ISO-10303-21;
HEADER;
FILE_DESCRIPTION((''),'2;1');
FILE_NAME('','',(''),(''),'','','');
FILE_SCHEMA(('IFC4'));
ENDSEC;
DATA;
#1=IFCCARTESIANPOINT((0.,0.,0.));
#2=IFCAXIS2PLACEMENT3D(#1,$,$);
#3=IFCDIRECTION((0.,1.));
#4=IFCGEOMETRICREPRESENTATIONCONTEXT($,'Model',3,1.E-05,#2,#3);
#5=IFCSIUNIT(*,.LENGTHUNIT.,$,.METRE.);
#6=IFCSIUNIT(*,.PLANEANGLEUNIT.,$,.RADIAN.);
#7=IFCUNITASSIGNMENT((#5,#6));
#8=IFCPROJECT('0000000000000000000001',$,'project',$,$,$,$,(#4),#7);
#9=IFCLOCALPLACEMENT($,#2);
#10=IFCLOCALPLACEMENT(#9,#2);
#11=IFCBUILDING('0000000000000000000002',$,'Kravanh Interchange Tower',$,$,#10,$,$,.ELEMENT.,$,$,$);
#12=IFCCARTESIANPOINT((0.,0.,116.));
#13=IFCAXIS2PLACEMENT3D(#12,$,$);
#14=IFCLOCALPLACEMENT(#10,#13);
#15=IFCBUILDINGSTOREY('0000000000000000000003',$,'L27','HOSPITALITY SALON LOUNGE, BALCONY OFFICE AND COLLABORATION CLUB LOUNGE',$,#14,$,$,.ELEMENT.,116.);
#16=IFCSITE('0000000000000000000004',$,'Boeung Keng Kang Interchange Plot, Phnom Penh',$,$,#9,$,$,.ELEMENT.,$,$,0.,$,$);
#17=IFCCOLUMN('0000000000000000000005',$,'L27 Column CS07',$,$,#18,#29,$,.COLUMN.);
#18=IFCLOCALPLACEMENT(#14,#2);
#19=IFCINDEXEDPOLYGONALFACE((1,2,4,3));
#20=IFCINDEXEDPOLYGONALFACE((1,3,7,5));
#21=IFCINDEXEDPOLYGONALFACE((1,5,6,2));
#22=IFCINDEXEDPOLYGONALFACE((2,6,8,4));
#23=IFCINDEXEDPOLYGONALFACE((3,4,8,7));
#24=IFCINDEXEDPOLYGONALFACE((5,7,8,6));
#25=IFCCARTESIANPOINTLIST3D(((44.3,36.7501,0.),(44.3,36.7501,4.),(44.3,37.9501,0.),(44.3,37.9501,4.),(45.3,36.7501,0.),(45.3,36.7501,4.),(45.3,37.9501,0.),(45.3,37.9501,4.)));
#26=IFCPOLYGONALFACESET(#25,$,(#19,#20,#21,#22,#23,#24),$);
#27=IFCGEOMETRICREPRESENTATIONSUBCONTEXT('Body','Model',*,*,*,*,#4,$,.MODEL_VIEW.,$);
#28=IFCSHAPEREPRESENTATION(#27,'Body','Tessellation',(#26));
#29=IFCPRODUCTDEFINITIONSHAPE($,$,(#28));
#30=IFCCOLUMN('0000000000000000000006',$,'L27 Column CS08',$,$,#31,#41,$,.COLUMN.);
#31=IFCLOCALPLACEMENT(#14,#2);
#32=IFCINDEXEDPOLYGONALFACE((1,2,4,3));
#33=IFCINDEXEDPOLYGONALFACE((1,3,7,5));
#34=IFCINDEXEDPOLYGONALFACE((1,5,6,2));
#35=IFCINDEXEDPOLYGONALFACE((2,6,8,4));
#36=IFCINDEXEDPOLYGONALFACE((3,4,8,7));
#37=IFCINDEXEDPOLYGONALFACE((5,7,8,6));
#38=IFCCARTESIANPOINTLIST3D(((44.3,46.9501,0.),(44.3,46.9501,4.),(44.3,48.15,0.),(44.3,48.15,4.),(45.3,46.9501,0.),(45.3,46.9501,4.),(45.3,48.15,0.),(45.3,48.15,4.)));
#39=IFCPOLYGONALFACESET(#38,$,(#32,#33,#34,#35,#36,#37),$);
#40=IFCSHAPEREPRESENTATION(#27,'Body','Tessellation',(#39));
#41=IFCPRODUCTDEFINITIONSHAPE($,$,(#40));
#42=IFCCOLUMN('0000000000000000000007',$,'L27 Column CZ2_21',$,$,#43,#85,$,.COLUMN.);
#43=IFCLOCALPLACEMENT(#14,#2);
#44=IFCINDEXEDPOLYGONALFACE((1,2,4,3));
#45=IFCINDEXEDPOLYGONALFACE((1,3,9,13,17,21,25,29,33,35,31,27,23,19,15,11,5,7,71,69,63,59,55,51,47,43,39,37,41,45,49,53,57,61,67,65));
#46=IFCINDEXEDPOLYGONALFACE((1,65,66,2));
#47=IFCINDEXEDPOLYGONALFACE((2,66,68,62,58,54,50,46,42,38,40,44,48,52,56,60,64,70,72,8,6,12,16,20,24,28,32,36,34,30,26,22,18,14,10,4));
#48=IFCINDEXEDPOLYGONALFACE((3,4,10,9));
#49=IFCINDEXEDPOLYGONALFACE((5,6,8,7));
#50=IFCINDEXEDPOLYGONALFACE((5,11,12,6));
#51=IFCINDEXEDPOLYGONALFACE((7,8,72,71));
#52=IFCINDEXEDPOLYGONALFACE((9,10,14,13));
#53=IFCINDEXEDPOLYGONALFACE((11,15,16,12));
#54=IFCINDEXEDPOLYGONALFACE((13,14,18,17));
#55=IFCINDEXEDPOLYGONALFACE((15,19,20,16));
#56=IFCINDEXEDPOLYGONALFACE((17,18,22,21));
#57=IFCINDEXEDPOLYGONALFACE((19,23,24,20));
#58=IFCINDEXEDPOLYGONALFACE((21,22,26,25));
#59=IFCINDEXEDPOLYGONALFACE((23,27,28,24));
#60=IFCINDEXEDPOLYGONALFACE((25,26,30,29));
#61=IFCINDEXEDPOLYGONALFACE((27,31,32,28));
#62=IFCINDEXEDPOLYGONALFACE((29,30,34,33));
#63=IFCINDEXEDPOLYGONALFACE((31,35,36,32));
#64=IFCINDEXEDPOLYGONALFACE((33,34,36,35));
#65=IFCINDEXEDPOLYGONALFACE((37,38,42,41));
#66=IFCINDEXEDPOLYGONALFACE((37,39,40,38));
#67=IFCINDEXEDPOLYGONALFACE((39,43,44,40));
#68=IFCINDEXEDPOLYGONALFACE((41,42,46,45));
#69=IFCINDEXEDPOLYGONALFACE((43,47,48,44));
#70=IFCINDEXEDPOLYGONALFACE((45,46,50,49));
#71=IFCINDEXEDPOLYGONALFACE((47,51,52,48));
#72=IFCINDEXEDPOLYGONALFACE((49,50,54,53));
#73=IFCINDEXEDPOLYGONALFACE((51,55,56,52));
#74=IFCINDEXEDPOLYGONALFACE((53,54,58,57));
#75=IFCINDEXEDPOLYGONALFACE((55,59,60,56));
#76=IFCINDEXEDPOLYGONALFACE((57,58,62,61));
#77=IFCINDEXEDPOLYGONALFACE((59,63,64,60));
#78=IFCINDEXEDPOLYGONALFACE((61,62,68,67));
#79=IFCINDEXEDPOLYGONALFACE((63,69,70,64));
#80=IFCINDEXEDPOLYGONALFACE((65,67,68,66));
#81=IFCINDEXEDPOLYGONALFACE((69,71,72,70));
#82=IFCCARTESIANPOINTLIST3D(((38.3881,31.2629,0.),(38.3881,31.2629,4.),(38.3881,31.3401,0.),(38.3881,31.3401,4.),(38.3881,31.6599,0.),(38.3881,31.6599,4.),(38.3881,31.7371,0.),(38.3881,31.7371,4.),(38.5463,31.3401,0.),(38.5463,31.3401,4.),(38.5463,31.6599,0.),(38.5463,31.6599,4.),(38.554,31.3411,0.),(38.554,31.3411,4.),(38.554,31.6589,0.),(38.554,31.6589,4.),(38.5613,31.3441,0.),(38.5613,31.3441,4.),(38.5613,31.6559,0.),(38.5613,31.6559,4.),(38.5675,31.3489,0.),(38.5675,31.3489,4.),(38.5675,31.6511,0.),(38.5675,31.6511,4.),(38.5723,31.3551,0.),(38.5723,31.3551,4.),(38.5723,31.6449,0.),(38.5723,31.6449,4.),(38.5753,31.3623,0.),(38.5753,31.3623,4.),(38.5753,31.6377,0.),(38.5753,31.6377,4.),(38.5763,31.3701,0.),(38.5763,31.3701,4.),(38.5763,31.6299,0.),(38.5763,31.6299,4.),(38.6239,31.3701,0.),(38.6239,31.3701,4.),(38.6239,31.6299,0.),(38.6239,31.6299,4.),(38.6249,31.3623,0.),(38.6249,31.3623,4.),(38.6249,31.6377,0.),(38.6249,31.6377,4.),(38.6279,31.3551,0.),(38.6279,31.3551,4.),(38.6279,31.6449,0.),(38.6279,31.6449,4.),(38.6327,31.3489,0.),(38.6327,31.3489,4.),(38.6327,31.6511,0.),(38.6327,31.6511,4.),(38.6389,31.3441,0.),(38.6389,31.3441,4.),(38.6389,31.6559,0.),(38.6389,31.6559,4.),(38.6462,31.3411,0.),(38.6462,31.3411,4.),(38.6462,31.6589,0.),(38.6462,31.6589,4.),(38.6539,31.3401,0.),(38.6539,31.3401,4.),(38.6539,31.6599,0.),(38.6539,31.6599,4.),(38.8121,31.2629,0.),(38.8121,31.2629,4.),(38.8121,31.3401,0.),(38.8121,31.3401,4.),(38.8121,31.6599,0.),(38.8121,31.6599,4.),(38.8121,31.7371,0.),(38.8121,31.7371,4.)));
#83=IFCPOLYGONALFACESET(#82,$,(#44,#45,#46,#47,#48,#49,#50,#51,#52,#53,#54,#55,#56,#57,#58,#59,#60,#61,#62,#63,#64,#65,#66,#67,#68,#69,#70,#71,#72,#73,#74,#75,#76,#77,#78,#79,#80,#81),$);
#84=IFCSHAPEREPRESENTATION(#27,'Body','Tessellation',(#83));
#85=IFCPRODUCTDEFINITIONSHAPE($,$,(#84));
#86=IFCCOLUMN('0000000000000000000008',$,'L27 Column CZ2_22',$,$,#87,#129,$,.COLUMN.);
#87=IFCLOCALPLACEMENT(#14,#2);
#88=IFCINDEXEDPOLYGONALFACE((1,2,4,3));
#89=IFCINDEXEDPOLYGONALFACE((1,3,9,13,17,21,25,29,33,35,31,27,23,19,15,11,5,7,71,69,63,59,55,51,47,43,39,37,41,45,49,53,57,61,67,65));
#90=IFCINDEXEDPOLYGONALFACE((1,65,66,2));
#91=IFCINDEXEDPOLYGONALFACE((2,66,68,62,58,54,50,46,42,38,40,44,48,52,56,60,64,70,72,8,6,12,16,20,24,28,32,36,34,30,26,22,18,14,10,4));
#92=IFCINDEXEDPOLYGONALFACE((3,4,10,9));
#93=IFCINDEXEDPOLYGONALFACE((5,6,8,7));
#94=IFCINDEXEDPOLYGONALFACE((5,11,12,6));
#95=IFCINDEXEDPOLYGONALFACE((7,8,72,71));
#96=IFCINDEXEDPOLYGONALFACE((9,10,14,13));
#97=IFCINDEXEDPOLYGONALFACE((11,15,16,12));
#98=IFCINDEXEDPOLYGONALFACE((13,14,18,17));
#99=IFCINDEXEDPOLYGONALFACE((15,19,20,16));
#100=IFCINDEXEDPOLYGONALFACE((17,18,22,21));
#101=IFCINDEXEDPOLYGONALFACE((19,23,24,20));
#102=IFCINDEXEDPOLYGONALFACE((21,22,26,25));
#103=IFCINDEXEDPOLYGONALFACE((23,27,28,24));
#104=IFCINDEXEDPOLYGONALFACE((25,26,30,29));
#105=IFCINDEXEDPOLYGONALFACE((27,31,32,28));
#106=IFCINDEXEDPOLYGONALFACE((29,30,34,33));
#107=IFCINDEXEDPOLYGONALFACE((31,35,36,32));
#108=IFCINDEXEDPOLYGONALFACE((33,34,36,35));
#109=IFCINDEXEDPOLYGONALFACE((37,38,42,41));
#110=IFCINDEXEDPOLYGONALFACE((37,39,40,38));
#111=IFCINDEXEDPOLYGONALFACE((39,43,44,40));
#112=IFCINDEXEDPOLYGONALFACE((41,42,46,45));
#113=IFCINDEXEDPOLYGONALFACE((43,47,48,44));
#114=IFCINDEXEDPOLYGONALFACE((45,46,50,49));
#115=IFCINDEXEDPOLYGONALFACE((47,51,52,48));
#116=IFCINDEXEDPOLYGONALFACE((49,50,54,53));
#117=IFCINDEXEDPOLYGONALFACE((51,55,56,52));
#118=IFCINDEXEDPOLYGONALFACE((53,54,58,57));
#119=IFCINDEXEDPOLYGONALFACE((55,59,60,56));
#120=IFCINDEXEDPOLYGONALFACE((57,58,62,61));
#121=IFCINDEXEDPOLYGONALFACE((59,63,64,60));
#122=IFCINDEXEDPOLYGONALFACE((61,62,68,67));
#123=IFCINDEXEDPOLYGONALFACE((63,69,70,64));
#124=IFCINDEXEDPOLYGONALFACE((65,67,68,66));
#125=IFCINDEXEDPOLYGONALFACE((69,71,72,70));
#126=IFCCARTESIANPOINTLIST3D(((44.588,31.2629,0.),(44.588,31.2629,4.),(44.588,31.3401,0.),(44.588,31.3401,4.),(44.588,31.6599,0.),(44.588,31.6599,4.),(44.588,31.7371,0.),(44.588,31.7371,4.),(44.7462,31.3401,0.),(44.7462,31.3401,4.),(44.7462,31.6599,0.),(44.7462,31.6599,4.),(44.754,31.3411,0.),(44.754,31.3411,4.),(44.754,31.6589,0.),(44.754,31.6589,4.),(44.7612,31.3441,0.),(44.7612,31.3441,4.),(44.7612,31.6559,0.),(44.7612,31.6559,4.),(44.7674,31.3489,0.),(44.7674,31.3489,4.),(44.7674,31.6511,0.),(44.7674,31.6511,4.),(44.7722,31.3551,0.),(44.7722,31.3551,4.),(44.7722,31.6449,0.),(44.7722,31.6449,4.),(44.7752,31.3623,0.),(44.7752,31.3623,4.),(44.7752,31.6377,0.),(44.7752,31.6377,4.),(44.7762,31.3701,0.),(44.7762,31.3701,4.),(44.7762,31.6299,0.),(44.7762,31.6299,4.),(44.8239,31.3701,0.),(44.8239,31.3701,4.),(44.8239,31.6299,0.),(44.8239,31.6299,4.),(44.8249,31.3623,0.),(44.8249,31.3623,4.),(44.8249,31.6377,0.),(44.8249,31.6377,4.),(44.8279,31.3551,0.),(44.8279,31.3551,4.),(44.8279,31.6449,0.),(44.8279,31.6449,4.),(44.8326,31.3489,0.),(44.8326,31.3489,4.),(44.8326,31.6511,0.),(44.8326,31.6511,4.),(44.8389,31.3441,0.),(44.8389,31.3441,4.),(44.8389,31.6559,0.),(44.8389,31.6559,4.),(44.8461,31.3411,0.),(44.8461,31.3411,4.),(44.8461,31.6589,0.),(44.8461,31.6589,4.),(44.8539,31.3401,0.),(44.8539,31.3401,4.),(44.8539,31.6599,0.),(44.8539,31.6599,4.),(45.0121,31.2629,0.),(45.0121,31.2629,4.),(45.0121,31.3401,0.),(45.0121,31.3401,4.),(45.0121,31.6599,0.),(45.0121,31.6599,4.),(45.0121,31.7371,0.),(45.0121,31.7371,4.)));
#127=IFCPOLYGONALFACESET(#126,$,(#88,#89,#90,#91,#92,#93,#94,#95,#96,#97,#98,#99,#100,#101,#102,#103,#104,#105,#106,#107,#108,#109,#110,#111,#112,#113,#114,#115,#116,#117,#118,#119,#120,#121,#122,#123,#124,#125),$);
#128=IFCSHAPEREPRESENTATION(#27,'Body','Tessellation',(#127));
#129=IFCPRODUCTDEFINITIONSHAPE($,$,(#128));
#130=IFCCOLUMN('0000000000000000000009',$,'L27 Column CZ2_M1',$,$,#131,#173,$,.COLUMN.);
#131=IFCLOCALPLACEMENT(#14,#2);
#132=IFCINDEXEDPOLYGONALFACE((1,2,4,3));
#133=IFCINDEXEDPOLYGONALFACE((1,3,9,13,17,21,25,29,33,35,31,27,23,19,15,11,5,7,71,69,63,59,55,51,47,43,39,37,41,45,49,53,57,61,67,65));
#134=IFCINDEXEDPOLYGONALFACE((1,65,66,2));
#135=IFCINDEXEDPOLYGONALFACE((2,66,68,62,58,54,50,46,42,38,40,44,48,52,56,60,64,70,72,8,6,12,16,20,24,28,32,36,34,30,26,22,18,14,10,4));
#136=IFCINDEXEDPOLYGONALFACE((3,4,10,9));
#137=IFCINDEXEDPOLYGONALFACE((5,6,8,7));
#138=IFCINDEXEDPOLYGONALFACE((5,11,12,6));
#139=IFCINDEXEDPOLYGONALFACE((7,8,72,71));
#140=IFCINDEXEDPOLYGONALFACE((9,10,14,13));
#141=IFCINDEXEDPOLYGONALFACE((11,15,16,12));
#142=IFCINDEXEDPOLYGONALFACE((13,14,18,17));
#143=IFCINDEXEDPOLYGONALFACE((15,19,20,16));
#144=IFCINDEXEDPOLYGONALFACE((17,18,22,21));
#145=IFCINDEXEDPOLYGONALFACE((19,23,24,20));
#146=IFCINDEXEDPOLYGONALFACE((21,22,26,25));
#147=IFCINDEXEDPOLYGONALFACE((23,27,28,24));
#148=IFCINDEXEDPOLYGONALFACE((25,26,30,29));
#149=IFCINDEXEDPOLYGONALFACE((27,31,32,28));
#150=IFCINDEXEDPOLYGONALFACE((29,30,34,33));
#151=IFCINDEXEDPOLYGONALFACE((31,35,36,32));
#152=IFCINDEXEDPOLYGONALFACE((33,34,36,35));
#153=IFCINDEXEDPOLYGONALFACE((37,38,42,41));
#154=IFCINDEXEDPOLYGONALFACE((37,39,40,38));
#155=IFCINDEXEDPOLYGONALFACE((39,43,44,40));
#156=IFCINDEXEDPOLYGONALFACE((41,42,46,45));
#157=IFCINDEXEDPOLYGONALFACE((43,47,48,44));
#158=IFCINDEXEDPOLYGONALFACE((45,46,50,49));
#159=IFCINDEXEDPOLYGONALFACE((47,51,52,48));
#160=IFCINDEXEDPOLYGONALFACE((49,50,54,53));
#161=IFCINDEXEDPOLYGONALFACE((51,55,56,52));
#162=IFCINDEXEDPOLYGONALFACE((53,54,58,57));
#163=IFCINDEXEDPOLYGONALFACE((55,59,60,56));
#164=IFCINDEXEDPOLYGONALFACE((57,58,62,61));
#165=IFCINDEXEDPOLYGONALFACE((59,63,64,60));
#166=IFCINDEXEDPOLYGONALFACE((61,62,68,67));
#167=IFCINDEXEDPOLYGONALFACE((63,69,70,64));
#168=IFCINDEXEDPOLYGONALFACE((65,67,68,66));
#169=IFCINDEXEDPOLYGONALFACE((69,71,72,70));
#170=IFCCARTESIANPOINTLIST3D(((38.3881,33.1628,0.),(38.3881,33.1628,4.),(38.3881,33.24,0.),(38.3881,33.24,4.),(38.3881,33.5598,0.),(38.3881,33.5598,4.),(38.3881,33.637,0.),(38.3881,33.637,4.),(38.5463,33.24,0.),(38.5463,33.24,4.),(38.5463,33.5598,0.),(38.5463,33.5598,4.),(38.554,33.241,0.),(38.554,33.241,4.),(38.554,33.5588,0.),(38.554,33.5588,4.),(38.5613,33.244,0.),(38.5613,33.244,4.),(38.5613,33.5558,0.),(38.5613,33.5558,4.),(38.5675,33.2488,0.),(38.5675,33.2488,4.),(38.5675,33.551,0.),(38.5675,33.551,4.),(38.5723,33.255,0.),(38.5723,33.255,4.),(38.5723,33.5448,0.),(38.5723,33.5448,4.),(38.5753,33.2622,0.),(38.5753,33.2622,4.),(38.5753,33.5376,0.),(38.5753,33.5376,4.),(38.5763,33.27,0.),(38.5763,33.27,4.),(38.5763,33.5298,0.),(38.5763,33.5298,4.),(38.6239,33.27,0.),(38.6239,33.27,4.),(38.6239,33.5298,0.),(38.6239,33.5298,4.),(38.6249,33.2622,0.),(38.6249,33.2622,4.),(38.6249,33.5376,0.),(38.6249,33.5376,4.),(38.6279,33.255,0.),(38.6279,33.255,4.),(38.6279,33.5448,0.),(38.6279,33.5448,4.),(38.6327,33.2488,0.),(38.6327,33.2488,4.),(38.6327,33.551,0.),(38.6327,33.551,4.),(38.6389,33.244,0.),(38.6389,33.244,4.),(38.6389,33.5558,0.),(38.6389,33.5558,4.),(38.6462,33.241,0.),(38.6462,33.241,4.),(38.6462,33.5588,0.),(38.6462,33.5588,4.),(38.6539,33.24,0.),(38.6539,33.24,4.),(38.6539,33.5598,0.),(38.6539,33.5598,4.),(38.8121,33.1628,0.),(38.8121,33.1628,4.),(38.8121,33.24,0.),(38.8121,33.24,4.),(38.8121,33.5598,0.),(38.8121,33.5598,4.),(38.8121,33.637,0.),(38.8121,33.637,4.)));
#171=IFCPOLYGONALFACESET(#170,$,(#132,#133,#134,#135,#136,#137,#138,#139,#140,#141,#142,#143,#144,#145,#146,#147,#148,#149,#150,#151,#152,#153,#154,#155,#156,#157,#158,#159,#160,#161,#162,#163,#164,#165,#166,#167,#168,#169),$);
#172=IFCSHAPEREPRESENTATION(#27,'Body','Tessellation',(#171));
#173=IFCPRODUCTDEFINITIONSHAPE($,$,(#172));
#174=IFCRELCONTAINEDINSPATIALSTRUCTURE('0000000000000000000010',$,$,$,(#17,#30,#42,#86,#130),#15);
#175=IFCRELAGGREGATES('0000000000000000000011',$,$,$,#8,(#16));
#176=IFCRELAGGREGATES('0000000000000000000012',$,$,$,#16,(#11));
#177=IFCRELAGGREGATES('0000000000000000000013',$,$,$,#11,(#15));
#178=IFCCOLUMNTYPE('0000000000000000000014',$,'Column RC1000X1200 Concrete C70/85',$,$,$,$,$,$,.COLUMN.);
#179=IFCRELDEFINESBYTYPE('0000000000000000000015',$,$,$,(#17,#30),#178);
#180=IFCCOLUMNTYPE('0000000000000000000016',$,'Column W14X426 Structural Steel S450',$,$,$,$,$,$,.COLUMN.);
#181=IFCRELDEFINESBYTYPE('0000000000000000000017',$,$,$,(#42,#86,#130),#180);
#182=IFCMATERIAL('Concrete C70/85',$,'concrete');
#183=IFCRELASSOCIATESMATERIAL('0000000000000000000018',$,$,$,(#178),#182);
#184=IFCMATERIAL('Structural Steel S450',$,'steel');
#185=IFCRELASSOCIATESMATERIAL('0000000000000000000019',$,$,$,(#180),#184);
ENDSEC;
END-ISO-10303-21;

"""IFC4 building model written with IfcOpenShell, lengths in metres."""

from ifc_helpers import new_model, si_unit, direction, frame, origin, origin_2d, place, context, subcontext, project, spatial, rectangle, i_section, extrude, material, material_profile, profile_set, type_object, element, save


model = new_model("IFC4")

# Units and contexts
model_context = context("Model", 3, precision=1e-05, world=origin(), true_north=direction((0.0, 1.0)))
body_context = subcontext(model_context, "Body", "Model", "MODEL_VIEW")
ifc_project = project(units=[si_unit("LENGTHUNIT", "METRE"), si_unit("PLANEANGLEUNIT", "RADIAN")], contexts=[model_context])

# Site, building, storey
site_placement = place(None, origin())
site = spatial("IfcSite", under=ifc_project, at=site_placement, Name="Boeung Keng Kang Interchange Plot, Phnom Penh", CompositionType="ELEMENT", RefElevation=0.0)
building_placement = place(site_placement, origin())
building = spatial("IfcBuilding", under=site, at=building_placement, Name="Kravanh Interchange Tower", CompositionType="ELEMENT")
storey_placement = place(building_placement, frame((0.0, 0.0, 116.0)))
storey = spatial("IfcBuildingStorey", under=building, at=storey_placement, Name="L27", Description="HOSPITALITY SALON LOUNGE, BALCONY OFFICE AND COLLABORATION CLUB LOUNGE", CompositionType="ELEMENT", Elevation=116.0)

# Columns
ifc_material_1 = material(Name="Concrete C70/85", Category="concrete")
ifc_material_profile_1 = material_profile(ifc_material_1, rectangle(XDim=1.0, YDim=1.2, at=origin_2d()), Name="RC1000X1200")
ifc_profile_set_1 = profile_set([ifc_material_profile_1], Name="Concrete C70/85")
column_type_1 = type_object("IfcColumnType", Name="Column RC1000X1200 Concrete C70/85", PredefinedType="COLUMN", material=ifc_profile_set_1)
for number, where, z_axis, x_axis, name in (
    (1, (44.8, 37.3501, 0.0), (0.0, 0.0, 1.0), (1.0, 0.0, 0.0), "L27 Column CS07"),
    (2, (44.8, 47.55, 0.0), (0.0, 0.0, 1.0), (1.0, 0.0, 0.0), "L27 Column CS08"),
):
    element("IfcColumn", number, at=place(storey_placement, frame(where, z_axis=z_axis, x_axis=x_axis)), inside=storey, type_object=column_type_1, Name=name, PredefinedType="COLUMN", context=body_context, shape_type="SweptSolid", body=[
        extrude(rectangle(XDim=1.0, YDim=1.2, at=origin_2d()), origin(), (0.0, 0.0, 1.0), 4.0),
    ])
ifc_material_2 = material(Name="Structural Steel S450", Category="steel")
ifc_material_profile_2 = material_profile(ifc_material_2, i_section(OverallWidth=0.4241, OverallDepth=0.4741, WebThickness=0.0476, FlangeThickness=0.0771, FilletRadius=0.03, at=origin_2d()), Name="W14X426")
ifc_profile_set_2 = profile_set([ifc_material_profile_2], Name="Structural Steel S450")
column_type_2 = type_object("IfcColumnType", Name="Column W14X426 Structural Steel S450", PredefinedType="COLUMN", material=ifc_profile_set_2)
for number, where, z_axis, x_axis, name in (
    (3, (38.6001, 31.5, 0.0), (0.0, 0.0, 1.0), (1.0, 0.0, 0.0), "L27 Column CZ2_21"),
    (4, (44.8, 31.5, 0.0), (0.0, 0.0, 1.0), (1.0, 0.0, 0.0), "L27 Column CZ2_22"),
    (5, (38.6001, 33.3999, 0.0), (0.0, 0.0, 1.0), (1.0, 0.0, 0.0), "L27 Column CZ2_M1"),
):
    element("IfcColumn", number, at=place(storey_placement, frame(where, z_axis=z_axis, x_axis=x_axis)), inside=storey, type_object=column_type_2, Name=name, PredefinedType="COLUMN", context=body_context, shape_type="SweptSolid", body=[
        extrude(i_section(OverallWidth=0.4241, OverallDepth=0.4741, WebThickness=0.0476, FlangeThickness=0.0771, FilletRadius=0.03, at=origin_2d()), origin(), (0.0, 0.0, 1.0), 4.0),
    ])

save(model, "model.ifc")
